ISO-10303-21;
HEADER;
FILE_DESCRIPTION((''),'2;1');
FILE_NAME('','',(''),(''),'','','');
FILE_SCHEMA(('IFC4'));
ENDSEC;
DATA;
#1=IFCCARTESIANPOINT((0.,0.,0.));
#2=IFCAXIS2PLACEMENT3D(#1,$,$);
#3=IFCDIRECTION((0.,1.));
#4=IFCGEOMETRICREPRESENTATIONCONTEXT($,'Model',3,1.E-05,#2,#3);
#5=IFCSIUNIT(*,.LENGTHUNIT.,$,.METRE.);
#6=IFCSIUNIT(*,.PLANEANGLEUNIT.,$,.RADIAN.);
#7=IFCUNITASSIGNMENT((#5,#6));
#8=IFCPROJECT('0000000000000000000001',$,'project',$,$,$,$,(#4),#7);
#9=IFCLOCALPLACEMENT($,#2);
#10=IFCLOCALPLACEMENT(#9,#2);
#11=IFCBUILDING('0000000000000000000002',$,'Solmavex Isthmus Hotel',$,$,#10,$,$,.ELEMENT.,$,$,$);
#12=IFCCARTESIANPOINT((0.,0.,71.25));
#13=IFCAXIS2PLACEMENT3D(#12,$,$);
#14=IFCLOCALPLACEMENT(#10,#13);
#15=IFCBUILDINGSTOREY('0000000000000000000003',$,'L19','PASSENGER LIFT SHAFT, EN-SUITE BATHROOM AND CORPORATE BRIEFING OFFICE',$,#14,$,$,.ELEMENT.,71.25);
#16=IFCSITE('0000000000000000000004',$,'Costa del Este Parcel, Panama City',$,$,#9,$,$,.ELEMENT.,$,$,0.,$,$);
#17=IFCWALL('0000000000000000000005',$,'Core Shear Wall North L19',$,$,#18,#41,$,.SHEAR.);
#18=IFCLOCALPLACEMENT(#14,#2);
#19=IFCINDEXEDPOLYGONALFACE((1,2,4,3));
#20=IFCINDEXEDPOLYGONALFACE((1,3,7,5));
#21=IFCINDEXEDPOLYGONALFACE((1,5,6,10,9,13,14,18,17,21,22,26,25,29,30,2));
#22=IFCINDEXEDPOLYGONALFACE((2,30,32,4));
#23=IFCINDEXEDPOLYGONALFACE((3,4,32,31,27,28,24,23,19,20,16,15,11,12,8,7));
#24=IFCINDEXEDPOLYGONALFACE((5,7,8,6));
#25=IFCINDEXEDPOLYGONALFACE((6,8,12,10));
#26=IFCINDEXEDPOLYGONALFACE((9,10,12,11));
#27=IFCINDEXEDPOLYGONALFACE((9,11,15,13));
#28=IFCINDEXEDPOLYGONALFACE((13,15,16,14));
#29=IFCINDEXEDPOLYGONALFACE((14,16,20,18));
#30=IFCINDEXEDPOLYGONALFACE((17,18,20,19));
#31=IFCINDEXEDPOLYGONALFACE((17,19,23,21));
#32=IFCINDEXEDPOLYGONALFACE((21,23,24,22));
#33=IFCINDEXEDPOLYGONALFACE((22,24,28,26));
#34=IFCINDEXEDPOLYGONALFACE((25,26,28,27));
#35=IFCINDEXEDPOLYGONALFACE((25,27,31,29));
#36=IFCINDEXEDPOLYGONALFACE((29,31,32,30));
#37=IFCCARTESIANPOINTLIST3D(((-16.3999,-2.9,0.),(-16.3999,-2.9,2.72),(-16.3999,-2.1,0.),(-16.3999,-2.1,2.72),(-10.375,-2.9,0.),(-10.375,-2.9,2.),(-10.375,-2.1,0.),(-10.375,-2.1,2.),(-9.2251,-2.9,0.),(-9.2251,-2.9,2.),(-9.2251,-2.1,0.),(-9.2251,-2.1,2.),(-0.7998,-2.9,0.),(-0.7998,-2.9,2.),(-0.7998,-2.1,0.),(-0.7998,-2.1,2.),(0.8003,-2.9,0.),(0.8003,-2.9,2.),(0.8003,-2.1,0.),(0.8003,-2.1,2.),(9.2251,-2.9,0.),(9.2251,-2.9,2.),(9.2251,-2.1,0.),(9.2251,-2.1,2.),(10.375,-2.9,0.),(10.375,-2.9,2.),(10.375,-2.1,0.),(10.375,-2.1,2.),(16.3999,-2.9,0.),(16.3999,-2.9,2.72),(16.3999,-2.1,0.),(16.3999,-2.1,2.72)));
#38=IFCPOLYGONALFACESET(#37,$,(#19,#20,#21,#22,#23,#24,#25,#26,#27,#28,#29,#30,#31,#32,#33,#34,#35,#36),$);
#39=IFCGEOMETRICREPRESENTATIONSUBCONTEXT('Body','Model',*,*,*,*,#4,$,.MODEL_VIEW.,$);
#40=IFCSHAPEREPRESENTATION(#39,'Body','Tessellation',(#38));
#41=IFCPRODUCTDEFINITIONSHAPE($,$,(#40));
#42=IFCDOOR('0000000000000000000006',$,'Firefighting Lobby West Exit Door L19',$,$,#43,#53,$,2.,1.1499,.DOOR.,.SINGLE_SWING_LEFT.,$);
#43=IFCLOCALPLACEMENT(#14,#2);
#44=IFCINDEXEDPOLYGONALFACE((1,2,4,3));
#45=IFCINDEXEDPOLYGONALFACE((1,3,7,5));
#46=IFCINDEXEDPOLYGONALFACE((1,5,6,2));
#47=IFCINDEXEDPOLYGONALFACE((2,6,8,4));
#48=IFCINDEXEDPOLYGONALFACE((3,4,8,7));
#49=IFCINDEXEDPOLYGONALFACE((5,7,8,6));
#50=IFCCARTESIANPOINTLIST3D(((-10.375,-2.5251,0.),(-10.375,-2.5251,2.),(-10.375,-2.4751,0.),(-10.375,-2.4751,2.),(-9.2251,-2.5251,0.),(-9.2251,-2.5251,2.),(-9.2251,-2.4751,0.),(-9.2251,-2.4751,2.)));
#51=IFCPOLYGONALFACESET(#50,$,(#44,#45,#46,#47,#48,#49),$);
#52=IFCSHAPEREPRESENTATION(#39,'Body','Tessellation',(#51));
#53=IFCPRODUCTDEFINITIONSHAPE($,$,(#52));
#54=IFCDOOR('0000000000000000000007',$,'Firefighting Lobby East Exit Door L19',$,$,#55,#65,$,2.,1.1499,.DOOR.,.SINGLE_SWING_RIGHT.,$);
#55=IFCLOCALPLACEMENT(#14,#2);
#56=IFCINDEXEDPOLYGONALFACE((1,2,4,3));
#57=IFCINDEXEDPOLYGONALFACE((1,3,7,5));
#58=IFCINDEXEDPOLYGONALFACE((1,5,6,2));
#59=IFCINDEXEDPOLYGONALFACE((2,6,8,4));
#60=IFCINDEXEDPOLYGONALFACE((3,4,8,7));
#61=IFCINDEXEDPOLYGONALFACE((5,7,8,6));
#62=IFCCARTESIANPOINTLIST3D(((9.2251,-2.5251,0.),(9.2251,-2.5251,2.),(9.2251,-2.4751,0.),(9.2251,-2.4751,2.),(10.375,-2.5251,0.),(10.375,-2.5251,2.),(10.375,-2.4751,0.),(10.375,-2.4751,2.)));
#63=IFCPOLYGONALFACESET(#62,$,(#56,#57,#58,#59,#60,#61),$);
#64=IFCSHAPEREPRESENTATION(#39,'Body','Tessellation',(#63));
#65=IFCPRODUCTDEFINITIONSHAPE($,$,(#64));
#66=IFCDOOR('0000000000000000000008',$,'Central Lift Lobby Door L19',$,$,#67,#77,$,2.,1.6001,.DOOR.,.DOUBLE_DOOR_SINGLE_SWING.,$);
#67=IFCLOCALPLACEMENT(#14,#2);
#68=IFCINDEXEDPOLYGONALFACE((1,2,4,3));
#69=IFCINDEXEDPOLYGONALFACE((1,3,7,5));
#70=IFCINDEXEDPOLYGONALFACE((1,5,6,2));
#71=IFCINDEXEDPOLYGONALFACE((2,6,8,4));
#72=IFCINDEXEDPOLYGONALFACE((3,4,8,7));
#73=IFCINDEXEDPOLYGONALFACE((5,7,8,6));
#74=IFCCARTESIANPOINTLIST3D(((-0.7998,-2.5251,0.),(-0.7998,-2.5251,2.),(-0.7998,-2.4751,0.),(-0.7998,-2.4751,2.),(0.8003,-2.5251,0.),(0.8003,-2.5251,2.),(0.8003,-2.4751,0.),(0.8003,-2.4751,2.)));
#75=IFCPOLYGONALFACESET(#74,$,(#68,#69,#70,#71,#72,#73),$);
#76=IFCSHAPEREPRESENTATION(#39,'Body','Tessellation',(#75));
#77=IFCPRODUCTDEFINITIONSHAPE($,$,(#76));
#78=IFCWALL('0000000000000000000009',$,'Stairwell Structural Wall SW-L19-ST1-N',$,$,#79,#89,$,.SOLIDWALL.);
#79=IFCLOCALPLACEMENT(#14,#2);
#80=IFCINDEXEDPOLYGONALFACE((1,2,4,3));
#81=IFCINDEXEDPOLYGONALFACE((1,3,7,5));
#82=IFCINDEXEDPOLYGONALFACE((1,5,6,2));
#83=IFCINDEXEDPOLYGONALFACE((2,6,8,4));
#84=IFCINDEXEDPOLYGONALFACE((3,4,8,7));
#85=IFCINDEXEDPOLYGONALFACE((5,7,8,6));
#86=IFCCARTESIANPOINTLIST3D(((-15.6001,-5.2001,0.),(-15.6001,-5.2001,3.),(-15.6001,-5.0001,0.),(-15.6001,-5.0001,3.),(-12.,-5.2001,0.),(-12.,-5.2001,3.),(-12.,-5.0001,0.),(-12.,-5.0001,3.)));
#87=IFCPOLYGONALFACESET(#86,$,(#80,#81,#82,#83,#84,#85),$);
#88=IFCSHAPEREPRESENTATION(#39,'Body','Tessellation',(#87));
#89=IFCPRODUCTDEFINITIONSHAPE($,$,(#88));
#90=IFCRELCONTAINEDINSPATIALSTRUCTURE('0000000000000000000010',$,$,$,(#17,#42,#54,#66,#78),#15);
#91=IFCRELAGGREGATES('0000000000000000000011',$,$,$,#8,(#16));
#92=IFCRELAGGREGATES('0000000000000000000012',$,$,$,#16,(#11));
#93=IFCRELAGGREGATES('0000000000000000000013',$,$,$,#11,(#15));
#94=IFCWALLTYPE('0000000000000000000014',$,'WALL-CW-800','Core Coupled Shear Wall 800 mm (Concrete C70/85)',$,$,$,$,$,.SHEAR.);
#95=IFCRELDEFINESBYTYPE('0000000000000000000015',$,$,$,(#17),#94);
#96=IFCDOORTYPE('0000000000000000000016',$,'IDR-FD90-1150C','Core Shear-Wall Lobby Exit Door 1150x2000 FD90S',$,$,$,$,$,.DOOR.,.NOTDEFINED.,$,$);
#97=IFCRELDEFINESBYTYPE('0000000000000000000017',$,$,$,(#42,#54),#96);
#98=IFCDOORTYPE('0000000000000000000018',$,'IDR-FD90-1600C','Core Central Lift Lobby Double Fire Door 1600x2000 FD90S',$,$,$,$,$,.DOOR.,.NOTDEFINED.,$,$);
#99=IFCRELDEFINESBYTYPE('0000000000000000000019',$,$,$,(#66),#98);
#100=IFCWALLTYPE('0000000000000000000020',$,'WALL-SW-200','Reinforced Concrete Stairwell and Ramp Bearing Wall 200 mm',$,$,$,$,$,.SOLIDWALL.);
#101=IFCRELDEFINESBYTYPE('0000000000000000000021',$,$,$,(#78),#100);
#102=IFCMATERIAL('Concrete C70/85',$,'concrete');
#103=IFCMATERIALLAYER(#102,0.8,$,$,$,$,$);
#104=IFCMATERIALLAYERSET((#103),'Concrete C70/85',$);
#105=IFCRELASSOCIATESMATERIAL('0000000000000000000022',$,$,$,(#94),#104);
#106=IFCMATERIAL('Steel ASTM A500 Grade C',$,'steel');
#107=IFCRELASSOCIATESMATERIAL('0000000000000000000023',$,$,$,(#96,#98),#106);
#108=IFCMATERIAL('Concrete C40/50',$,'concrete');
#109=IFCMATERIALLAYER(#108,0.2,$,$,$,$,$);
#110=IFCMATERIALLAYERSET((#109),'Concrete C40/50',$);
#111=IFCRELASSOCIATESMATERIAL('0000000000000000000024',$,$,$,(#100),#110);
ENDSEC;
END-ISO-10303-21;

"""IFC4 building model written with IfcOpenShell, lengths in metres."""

from ifc_helpers import new_model, si_unit, direction, frame, frame_2d, origin, place, context, subcontext, project, spatial, rectangle, extrude, material, layer, layer_set, type_object, element, fill, save


model = new_model("IFC4")

# Units and contexts
model_context = context("Model", 3, precision=1e-05, world=origin(), true_north=direction((0.0, 1.0)))
body_context = subcontext(model_context, "Body", "Model", "MODEL_VIEW")
ifc_project = project(units=[si_unit("LENGTHUNIT", "METRE"), si_unit("PLANEANGLEUNIT", "RADIAN")], contexts=[model_context])

# Site, building, storey
site_placement = place(None, origin())
site = spatial("IfcSite", under=ifc_project, at=site_placement, Name="Costa del Este Parcel, Panama City", CompositionType="ELEMENT", RefElevation=0.0)
building_placement = place(site_placement, origin())
building = spatial("IfcBuilding", under=site, at=building_placement, Name="Solmavex Isthmus Hotel", CompositionType="ELEMENT")
storey_placement = place(building_placement, frame((0.0, 0.0, 71.25)))
storey = spatial("IfcBuildingStorey", under=building, at=storey_placement, Name="L19", Description="PASSENGER LIFT SHAFT, EN-SUITE BATHROOM AND CORPORATE BRIEFING OFFICE", CompositionType="ELEMENT", Elevation=71.25)

# Shared definitions
ifc_material_1 = material(Name="Concrete C70/85", Category="concrete")

# Shared definitions
ifc_material_2 = material(Name="Steel ASTM A500 Grade C", Category="steel")

# Wall, openings, doors
ifc_layer_1 = layer(ifc_material_1, 0.8)
ifc_layer_set_1 = layer_set([ifc_layer_1], Name="Concrete C70/85")
wall_type_1 = type_object("IfcWallType", Name="WALL-CW-800", Description="Core Coupled Shear Wall 800 mm (Concrete C70/85)", PredefinedType="SHEAR", material=ifc_layer_set_1)
wall_1_placement = place(storey_placement, frame((-16.3999, -2.5, 0.0), z_axis=(0.0, 0.0, 1.0), x_axis=(1.0, 0.0, 0.0)))
wall_1 = element("IfcWall", 1, at=wall_1_placement, inside=storey, type_object=wall_type_1, Name="Core Shear Wall North L19", PredefinedType="SHEAR", context=body_context, shape_type="SweptSolid", body=[
    extrude(rectangle(XDim=32.7998, YDim=0.8, at=frame_2d((16.3999, 0.0))), origin(), (0.0, 0.0, 1.0), 2.72),
])
opening_1_placement = place(wall_1_placement, frame((6.0249, 0.0, 0.0)))
opening_1 = element("IfcOpeningElement", 2, at=opening_1_placement, cuts=wall_1, PredefinedType="OPENING", context=body_context, shape_type="SweptSolid", body=[
    extrude(rectangle(XDim=1.1499, YDim=2.0, at=frame_2d((0.575, 1.0))), frame((0.0, 0.4099, 0.0), z_axis=(0.0, -1.0, 0.0), x_axis=(1.0, 0.0, 0.0)), (0.0, 0.0, 1.0), 0.8201),
])
opening_2_placement = place(wall_1_placement, frame((15.6001, 0.0, 0.0)))
opening_2 = element("IfcOpeningElement", 3, at=opening_2_placement, cuts=wall_1, PredefinedType="OPENING", context=body_context, shape_type="SweptSolid", body=[
    extrude(rectangle(XDim=1.6001, YDim=2.0, at=frame_2d((0.8, 1.0))), frame((0.0, 0.4099, 0.0), z_axis=(0.0, -1.0, 0.0), x_axis=(1.0, 0.0, 0.0)), (0.0, 0.0, 1.0), 0.8201),
])
opening_3_placement = place(wall_1_placement, frame((25.625, 0.0, 0.0)))
opening_3 = element("IfcOpeningElement", 4, at=opening_3_placement, cuts=wall_1, PredefinedType="OPENING", context=body_context, shape_type="SweptSolid", body=[
    extrude(rectangle(XDim=1.1499, YDim=2.0, at=frame_2d((0.575, 1.0))), frame((0.0, 0.4099, 0.0), z_axis=(0.0, -1.0, 0.0), x_axis=(1.0, 0.0, 0.0)), (0.0, 0.0, 1.0), 0.8201),
])
door_type_1 = type_object("IfcDoorType", Name="IDR-FD90-1150C", Description="Core Shear-Wall Lobby Exit Door 1150x2000 FD90S", OperationType="NOTDEFINED", PredefinedType="DOOR", material=ifc_material_2)
door_1_placement = place(opening_1_placement, origin())
door_1 = element("IfcDoor", 5, at=door_1_placement, inside=storey, type_object=door_type_1, Name="Firefighting Lobby West Exit Door L19", OperationType="SINGLE_SWING_LEFT", OverallHeight=2.0, OverallWidth=1.1499, PredefinedType="DOOR", context=body_context, shape_type="SweptSolid", body=[
    extrude(rectangle(XDim=1.1499, YDim=2.0, at=frame_2d((0.575, 1.0))), frame((0.0, 0.0249, 0.0), z_axis=(0.0, -1.0, 0.0), x_axis=(1.0, 0.0, 0.0)), (0.0, 0.0, 1.0), 0.05),
])
fill(opening_1, door_1)
door_2_placement = place(opening_3_placement, origin())
door_2 = element("IfcDoor", 6, at=door_2_placement, inside=storey, type_object=door_type_1, Name="Firefighting Lobby East Exit Door L19", OperationType="SINGLE_SWING_RIGHT", OverallHeight=2.0, OverallWidth=1.1499, PredefinedType="DOOR", context=body_context, shape_type="SweptSolid", body=[
    extrude(rectangle(XDim=1.1499, YDim=2.0, at=frame_2d((0.575, 1.0))), frame((0.0, 0.0249, 0.0), z_axis=(0.0, -1.0, 0.0), x_axis=(1.0, 0.0, 0.0)), (0.0, 0.0, 1.0), 0.05),
])
fill(opening_3, door_2)
door_type_2 = type_object("IfcDoorType", Name="IDR-FD90-1600C", Description="Core Central Lift Lobby Double Fire Door 1600x2000 FD90S", OperationType="NOTDEFINED", PredefinedType="DOOR", material=ifc_material_2)
door_3_placement = place(opening_2_placement, origin())
door_3 = element("IfcDoor", 7, at=door_3_placement, inside=storey, type_object=door_type_2, Name="Central Lift Lobby Door L19", OperationType="DOUBLE_DOOR_SINGLE_SWING", OverallHeight=2.0, OverallWidth=1.6001, PredefinedType="DOOR", context=body_context, shape_type="SweptSolid", body=[
    extrude(rectangle(XDim=1.6001, YDim=2.0, at=frame_2d((0.8, 1.0))), frame((0.0, 0.0249, 0.0), z_axis=(0.0, -1.0, 0.0), x_axis=(1.0, 0.0, 0.0)), (0.0, 0.0, 1.0), 0.05),
])
fill(opening_2, door_3)

# Wall
ifc_material_3 = material(Name="Concrete C40/50", Category="concrete")
ifc_layer_2 = layer(ifc_material_3, 0.2)
ifc_layer_set_2 = layer_set([ifc_layer_2], Name="Concrete C40/50")
wall_type_2 = type_object("IfcWallType", Name="WALL-SW-200", Description="Reinforced Concrete Stairwell and Ramp Bearing Wall 200 mm", PredefinedType="SOLIDWALL", material=ifc_layer_set_2)
wall_2_placement = place(storey_placement, frame((-15.6001, -5.1001, 0.0), z_axis=(0.0, 0.0, 1.0), x_axis=(1.0, 0.0, 0.0)))
element("IfcWall", 8, at=wall_2_placement, inside=storey, type_object=wall_type_2, Name="Stairwell Structural Wall SW-L19-ST1-N", PredefinedType="SOLIDWALL", context=body_context, shape_type="SweptSolid", body=[
    extrude(rectangle(XDim=3.6001, YDim=0.2, at=frame_2d((1.8, 0.0))), origin(), (0.0, 0.0, 1.0), 3.0),
])

save(model, "model.ifc")
